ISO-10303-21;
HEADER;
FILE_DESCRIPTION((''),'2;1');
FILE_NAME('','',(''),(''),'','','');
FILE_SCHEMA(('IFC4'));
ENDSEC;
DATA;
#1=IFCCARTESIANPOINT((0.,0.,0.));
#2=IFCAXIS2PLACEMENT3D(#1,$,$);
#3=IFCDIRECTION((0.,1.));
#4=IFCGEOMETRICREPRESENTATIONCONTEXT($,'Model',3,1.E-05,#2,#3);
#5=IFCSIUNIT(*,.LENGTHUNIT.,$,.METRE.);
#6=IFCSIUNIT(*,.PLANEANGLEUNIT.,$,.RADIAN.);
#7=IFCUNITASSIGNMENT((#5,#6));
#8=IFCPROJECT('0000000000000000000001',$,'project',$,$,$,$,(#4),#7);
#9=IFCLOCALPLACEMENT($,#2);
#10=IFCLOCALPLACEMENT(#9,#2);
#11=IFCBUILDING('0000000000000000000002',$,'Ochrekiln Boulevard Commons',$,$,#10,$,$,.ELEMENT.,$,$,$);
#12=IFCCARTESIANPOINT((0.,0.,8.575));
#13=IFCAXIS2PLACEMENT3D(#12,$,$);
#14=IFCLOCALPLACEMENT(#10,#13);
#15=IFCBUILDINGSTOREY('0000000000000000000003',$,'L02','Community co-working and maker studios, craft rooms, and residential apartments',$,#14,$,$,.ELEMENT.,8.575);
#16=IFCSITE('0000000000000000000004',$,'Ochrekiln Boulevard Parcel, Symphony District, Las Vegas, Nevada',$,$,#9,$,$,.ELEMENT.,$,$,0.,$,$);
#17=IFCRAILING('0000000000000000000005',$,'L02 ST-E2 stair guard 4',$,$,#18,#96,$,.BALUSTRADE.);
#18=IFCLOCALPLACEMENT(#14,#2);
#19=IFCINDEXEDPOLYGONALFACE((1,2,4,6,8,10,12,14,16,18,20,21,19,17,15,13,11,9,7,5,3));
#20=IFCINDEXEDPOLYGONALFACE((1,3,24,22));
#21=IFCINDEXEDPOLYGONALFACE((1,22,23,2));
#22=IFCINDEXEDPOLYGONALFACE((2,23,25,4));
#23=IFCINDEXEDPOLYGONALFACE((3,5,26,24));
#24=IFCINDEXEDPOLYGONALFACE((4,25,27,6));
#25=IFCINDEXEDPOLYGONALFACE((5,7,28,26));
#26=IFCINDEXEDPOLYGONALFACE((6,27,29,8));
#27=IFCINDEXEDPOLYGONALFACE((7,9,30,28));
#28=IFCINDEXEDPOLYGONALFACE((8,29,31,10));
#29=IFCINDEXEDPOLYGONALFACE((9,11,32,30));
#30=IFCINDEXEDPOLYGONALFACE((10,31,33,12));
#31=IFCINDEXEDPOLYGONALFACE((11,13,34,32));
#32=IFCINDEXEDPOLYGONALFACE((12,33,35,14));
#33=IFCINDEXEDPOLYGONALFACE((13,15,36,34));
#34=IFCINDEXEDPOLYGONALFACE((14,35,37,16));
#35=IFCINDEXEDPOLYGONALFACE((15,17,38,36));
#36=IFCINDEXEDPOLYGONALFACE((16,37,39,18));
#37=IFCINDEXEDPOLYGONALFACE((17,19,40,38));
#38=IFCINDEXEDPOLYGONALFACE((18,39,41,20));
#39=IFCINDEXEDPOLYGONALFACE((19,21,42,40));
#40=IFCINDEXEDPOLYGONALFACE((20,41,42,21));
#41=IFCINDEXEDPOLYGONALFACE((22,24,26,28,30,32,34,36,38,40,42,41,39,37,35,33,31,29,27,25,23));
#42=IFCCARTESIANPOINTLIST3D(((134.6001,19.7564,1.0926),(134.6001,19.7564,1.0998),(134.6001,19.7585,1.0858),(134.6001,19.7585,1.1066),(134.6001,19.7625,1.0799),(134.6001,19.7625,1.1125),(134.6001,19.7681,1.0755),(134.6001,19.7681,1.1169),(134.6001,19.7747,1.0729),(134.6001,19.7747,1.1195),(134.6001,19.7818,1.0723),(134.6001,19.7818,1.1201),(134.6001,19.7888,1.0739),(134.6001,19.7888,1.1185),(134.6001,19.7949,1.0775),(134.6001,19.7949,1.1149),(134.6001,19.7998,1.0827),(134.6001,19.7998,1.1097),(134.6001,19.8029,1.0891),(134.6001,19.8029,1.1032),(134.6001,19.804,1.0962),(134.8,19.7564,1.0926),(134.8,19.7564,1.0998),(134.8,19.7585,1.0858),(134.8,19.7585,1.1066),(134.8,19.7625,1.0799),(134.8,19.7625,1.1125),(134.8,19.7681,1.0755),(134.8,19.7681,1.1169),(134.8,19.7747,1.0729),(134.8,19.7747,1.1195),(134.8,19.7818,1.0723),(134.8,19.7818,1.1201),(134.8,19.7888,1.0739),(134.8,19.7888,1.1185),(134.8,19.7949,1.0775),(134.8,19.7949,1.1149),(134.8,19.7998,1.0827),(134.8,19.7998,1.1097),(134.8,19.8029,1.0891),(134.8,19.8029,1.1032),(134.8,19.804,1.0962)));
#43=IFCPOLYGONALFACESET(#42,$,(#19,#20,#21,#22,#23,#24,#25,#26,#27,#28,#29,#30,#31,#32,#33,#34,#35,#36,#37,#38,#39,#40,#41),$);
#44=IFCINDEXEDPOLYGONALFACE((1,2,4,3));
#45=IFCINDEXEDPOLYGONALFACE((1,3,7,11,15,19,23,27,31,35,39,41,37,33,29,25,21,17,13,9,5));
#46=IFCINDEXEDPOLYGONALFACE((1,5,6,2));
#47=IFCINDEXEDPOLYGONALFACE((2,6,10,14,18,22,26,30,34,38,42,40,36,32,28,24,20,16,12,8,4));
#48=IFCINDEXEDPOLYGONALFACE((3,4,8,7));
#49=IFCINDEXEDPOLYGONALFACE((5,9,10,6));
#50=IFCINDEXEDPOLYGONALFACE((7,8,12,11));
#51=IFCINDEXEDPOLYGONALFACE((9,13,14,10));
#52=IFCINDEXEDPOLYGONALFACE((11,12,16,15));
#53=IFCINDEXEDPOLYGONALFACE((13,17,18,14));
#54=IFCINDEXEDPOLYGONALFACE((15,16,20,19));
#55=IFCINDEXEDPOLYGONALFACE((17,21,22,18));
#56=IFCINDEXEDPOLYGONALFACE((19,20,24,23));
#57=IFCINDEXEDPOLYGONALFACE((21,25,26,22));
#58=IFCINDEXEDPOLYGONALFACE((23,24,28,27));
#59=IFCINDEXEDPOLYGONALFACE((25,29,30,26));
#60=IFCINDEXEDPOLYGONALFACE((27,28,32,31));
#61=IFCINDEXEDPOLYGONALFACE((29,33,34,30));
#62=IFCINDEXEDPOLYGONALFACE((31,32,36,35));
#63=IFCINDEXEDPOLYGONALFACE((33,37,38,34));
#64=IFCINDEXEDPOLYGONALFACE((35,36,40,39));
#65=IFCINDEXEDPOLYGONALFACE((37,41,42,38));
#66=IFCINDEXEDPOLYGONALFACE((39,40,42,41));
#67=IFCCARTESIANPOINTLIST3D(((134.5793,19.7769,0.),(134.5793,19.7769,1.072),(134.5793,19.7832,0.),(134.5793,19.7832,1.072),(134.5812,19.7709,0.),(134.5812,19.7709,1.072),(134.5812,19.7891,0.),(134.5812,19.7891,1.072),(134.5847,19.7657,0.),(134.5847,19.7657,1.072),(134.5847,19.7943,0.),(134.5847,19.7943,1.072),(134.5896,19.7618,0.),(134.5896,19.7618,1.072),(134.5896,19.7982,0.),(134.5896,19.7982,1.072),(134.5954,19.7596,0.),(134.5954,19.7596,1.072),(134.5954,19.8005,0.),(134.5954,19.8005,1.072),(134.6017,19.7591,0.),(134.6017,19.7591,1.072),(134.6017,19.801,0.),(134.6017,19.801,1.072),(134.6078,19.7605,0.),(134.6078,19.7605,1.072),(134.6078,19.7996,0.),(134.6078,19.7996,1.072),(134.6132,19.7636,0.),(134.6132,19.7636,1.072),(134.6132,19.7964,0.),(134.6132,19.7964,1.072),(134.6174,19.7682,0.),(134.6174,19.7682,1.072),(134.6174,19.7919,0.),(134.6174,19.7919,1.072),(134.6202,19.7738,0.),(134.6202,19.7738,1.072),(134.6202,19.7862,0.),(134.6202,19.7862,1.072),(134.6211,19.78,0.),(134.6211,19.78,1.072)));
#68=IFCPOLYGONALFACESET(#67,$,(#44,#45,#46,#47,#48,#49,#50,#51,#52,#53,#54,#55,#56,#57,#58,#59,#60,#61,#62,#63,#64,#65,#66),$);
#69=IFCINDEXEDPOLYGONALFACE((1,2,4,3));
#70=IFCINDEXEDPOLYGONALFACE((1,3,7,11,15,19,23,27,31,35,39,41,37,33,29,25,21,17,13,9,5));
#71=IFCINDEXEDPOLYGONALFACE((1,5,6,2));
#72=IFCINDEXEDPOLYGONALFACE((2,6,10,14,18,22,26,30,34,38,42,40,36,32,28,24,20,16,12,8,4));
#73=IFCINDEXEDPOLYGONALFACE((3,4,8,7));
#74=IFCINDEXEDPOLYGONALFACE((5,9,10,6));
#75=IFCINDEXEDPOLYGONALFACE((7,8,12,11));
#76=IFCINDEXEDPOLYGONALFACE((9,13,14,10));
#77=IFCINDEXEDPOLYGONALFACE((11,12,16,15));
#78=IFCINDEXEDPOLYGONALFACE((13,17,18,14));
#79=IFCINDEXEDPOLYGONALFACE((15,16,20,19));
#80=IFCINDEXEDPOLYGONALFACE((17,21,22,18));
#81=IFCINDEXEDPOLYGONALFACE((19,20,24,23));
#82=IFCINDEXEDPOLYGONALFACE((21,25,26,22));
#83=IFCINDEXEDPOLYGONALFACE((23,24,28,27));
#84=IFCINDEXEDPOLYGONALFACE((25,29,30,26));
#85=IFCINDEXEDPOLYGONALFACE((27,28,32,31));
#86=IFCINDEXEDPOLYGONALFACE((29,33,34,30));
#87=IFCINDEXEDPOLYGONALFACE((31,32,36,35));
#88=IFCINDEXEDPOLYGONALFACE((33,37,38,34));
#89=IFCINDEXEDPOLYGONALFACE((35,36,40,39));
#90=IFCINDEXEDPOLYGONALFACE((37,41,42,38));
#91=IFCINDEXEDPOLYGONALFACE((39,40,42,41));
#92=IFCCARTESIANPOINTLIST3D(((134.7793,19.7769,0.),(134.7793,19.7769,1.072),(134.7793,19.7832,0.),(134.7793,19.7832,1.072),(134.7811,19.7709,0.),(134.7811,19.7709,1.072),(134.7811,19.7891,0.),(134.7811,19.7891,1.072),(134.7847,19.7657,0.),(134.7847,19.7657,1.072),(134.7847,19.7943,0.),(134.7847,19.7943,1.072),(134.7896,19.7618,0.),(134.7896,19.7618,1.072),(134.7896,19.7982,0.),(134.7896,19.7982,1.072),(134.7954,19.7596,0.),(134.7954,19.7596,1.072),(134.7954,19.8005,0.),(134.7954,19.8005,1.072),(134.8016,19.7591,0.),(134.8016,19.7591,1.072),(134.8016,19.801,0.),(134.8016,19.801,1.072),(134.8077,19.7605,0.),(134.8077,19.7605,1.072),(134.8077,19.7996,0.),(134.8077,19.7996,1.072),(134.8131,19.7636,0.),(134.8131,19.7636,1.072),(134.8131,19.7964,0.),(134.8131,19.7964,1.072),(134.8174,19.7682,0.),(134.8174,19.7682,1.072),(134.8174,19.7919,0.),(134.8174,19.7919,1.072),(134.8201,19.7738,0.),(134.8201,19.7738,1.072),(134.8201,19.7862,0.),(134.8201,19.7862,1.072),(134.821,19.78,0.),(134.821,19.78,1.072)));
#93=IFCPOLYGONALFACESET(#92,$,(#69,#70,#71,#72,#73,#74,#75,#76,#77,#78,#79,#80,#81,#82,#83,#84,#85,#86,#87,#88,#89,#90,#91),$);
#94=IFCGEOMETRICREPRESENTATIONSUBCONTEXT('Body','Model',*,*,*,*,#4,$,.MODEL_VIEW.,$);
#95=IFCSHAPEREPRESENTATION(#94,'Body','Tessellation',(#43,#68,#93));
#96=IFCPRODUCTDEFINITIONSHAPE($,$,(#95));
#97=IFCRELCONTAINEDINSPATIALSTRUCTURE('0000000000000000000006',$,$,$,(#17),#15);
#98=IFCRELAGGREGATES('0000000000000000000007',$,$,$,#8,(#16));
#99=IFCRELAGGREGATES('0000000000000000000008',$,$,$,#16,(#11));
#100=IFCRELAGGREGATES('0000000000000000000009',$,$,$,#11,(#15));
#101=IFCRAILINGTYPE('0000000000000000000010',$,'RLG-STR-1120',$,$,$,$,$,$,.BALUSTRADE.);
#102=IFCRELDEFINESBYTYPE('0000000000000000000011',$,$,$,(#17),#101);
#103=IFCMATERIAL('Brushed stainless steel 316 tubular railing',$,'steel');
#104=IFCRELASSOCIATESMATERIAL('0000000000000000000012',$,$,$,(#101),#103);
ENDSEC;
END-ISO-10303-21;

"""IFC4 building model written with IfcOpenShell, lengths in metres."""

from ifc_helpers import new_model, si_unit, direction, frame, origin, origin_2d, place, context, subcontext, project, spatial, circle, extrude, material, type_object, element, save


model = new_model("IFC4")

# Units and contexts
model_context = context("Model", 3, precision=1e-05, world=origin(), true_north=direction((0.0, 1.0)))
body_context = subcontext(model_context, "Body", "Model", "MODEL_VIEW")
ifc_project = project(units=[si_unit("LENGTHUNIT", "METRE"), si_unit("PLANEANGLEUNIT", "RADIAN")], contexts=[model_context])

# Site, building, storey
site_placement = place(None, origin())
site = spatial("IfcSite", under=ifc_project, at=site_placement, Name="Ochrekiln Boulevard Parcel, Symphony District, Las Vegas, Nevada", CompositionType="ELEMENT", RefElevation=0.0)
building_placement = place(site_placement, origin())
building = spatial("IfcBuilding", under=site, at=building_placement, Name="Ochrekiln Boulevard Commons", CompositionType="ELEMENT")
storey_placement = place(building_placement, frame((0.0, 0.0, 8.575)))
storey = spatial("IfcBuildingStorey", under=building, at=storey_placement, Name="L02", Description="Community co-working and maker studios, craft rooms, and residential apartments", CompositionType="ELEMENT", Elevation=8.575)

# Railing
ifc_material_1 = material(Name="Brushed stainless steel 316 tubular railing", Category="steel")
railing_type_1 = type_object("IfcRailingType", Name="RLG-STR-1120", PredefinedType="BALUSTRADE", material=ifc_material_1)
railing_1_placement = place(storey_placement, frame((134.6001, 19.78, 0.0)))
element("IfcRailing", 1, at=railing_1_placement, inside=storey, type_object=railing_type_1, Name="L02 ST-E2 stair guard 4", PredefinedType="BALUSTRADE", context=body_context, shape_type="SweptSolid", body=[
    extrude(circle(Radius=0.0239, at=origin_2d()), frame((0.0, 0.0, 1.0962), z_axis=(1.0, 0.0, 0.0), x_axis=(0.0, 1.0, 0.0)), (0.0, 0.0, 1.0), 0.2),
    extrude(circle(Radius=0.021, at=origin_2d()), origin(), (0.0, 0.0, 1.0), 1.072),
    extrude(circle(Radius=0.021, at=origin_2d()), frame((0.2, 0.0, 0.0)), (0.0, 0.0, 1.0), 1.072),
])

save(model, "model.ifc")
